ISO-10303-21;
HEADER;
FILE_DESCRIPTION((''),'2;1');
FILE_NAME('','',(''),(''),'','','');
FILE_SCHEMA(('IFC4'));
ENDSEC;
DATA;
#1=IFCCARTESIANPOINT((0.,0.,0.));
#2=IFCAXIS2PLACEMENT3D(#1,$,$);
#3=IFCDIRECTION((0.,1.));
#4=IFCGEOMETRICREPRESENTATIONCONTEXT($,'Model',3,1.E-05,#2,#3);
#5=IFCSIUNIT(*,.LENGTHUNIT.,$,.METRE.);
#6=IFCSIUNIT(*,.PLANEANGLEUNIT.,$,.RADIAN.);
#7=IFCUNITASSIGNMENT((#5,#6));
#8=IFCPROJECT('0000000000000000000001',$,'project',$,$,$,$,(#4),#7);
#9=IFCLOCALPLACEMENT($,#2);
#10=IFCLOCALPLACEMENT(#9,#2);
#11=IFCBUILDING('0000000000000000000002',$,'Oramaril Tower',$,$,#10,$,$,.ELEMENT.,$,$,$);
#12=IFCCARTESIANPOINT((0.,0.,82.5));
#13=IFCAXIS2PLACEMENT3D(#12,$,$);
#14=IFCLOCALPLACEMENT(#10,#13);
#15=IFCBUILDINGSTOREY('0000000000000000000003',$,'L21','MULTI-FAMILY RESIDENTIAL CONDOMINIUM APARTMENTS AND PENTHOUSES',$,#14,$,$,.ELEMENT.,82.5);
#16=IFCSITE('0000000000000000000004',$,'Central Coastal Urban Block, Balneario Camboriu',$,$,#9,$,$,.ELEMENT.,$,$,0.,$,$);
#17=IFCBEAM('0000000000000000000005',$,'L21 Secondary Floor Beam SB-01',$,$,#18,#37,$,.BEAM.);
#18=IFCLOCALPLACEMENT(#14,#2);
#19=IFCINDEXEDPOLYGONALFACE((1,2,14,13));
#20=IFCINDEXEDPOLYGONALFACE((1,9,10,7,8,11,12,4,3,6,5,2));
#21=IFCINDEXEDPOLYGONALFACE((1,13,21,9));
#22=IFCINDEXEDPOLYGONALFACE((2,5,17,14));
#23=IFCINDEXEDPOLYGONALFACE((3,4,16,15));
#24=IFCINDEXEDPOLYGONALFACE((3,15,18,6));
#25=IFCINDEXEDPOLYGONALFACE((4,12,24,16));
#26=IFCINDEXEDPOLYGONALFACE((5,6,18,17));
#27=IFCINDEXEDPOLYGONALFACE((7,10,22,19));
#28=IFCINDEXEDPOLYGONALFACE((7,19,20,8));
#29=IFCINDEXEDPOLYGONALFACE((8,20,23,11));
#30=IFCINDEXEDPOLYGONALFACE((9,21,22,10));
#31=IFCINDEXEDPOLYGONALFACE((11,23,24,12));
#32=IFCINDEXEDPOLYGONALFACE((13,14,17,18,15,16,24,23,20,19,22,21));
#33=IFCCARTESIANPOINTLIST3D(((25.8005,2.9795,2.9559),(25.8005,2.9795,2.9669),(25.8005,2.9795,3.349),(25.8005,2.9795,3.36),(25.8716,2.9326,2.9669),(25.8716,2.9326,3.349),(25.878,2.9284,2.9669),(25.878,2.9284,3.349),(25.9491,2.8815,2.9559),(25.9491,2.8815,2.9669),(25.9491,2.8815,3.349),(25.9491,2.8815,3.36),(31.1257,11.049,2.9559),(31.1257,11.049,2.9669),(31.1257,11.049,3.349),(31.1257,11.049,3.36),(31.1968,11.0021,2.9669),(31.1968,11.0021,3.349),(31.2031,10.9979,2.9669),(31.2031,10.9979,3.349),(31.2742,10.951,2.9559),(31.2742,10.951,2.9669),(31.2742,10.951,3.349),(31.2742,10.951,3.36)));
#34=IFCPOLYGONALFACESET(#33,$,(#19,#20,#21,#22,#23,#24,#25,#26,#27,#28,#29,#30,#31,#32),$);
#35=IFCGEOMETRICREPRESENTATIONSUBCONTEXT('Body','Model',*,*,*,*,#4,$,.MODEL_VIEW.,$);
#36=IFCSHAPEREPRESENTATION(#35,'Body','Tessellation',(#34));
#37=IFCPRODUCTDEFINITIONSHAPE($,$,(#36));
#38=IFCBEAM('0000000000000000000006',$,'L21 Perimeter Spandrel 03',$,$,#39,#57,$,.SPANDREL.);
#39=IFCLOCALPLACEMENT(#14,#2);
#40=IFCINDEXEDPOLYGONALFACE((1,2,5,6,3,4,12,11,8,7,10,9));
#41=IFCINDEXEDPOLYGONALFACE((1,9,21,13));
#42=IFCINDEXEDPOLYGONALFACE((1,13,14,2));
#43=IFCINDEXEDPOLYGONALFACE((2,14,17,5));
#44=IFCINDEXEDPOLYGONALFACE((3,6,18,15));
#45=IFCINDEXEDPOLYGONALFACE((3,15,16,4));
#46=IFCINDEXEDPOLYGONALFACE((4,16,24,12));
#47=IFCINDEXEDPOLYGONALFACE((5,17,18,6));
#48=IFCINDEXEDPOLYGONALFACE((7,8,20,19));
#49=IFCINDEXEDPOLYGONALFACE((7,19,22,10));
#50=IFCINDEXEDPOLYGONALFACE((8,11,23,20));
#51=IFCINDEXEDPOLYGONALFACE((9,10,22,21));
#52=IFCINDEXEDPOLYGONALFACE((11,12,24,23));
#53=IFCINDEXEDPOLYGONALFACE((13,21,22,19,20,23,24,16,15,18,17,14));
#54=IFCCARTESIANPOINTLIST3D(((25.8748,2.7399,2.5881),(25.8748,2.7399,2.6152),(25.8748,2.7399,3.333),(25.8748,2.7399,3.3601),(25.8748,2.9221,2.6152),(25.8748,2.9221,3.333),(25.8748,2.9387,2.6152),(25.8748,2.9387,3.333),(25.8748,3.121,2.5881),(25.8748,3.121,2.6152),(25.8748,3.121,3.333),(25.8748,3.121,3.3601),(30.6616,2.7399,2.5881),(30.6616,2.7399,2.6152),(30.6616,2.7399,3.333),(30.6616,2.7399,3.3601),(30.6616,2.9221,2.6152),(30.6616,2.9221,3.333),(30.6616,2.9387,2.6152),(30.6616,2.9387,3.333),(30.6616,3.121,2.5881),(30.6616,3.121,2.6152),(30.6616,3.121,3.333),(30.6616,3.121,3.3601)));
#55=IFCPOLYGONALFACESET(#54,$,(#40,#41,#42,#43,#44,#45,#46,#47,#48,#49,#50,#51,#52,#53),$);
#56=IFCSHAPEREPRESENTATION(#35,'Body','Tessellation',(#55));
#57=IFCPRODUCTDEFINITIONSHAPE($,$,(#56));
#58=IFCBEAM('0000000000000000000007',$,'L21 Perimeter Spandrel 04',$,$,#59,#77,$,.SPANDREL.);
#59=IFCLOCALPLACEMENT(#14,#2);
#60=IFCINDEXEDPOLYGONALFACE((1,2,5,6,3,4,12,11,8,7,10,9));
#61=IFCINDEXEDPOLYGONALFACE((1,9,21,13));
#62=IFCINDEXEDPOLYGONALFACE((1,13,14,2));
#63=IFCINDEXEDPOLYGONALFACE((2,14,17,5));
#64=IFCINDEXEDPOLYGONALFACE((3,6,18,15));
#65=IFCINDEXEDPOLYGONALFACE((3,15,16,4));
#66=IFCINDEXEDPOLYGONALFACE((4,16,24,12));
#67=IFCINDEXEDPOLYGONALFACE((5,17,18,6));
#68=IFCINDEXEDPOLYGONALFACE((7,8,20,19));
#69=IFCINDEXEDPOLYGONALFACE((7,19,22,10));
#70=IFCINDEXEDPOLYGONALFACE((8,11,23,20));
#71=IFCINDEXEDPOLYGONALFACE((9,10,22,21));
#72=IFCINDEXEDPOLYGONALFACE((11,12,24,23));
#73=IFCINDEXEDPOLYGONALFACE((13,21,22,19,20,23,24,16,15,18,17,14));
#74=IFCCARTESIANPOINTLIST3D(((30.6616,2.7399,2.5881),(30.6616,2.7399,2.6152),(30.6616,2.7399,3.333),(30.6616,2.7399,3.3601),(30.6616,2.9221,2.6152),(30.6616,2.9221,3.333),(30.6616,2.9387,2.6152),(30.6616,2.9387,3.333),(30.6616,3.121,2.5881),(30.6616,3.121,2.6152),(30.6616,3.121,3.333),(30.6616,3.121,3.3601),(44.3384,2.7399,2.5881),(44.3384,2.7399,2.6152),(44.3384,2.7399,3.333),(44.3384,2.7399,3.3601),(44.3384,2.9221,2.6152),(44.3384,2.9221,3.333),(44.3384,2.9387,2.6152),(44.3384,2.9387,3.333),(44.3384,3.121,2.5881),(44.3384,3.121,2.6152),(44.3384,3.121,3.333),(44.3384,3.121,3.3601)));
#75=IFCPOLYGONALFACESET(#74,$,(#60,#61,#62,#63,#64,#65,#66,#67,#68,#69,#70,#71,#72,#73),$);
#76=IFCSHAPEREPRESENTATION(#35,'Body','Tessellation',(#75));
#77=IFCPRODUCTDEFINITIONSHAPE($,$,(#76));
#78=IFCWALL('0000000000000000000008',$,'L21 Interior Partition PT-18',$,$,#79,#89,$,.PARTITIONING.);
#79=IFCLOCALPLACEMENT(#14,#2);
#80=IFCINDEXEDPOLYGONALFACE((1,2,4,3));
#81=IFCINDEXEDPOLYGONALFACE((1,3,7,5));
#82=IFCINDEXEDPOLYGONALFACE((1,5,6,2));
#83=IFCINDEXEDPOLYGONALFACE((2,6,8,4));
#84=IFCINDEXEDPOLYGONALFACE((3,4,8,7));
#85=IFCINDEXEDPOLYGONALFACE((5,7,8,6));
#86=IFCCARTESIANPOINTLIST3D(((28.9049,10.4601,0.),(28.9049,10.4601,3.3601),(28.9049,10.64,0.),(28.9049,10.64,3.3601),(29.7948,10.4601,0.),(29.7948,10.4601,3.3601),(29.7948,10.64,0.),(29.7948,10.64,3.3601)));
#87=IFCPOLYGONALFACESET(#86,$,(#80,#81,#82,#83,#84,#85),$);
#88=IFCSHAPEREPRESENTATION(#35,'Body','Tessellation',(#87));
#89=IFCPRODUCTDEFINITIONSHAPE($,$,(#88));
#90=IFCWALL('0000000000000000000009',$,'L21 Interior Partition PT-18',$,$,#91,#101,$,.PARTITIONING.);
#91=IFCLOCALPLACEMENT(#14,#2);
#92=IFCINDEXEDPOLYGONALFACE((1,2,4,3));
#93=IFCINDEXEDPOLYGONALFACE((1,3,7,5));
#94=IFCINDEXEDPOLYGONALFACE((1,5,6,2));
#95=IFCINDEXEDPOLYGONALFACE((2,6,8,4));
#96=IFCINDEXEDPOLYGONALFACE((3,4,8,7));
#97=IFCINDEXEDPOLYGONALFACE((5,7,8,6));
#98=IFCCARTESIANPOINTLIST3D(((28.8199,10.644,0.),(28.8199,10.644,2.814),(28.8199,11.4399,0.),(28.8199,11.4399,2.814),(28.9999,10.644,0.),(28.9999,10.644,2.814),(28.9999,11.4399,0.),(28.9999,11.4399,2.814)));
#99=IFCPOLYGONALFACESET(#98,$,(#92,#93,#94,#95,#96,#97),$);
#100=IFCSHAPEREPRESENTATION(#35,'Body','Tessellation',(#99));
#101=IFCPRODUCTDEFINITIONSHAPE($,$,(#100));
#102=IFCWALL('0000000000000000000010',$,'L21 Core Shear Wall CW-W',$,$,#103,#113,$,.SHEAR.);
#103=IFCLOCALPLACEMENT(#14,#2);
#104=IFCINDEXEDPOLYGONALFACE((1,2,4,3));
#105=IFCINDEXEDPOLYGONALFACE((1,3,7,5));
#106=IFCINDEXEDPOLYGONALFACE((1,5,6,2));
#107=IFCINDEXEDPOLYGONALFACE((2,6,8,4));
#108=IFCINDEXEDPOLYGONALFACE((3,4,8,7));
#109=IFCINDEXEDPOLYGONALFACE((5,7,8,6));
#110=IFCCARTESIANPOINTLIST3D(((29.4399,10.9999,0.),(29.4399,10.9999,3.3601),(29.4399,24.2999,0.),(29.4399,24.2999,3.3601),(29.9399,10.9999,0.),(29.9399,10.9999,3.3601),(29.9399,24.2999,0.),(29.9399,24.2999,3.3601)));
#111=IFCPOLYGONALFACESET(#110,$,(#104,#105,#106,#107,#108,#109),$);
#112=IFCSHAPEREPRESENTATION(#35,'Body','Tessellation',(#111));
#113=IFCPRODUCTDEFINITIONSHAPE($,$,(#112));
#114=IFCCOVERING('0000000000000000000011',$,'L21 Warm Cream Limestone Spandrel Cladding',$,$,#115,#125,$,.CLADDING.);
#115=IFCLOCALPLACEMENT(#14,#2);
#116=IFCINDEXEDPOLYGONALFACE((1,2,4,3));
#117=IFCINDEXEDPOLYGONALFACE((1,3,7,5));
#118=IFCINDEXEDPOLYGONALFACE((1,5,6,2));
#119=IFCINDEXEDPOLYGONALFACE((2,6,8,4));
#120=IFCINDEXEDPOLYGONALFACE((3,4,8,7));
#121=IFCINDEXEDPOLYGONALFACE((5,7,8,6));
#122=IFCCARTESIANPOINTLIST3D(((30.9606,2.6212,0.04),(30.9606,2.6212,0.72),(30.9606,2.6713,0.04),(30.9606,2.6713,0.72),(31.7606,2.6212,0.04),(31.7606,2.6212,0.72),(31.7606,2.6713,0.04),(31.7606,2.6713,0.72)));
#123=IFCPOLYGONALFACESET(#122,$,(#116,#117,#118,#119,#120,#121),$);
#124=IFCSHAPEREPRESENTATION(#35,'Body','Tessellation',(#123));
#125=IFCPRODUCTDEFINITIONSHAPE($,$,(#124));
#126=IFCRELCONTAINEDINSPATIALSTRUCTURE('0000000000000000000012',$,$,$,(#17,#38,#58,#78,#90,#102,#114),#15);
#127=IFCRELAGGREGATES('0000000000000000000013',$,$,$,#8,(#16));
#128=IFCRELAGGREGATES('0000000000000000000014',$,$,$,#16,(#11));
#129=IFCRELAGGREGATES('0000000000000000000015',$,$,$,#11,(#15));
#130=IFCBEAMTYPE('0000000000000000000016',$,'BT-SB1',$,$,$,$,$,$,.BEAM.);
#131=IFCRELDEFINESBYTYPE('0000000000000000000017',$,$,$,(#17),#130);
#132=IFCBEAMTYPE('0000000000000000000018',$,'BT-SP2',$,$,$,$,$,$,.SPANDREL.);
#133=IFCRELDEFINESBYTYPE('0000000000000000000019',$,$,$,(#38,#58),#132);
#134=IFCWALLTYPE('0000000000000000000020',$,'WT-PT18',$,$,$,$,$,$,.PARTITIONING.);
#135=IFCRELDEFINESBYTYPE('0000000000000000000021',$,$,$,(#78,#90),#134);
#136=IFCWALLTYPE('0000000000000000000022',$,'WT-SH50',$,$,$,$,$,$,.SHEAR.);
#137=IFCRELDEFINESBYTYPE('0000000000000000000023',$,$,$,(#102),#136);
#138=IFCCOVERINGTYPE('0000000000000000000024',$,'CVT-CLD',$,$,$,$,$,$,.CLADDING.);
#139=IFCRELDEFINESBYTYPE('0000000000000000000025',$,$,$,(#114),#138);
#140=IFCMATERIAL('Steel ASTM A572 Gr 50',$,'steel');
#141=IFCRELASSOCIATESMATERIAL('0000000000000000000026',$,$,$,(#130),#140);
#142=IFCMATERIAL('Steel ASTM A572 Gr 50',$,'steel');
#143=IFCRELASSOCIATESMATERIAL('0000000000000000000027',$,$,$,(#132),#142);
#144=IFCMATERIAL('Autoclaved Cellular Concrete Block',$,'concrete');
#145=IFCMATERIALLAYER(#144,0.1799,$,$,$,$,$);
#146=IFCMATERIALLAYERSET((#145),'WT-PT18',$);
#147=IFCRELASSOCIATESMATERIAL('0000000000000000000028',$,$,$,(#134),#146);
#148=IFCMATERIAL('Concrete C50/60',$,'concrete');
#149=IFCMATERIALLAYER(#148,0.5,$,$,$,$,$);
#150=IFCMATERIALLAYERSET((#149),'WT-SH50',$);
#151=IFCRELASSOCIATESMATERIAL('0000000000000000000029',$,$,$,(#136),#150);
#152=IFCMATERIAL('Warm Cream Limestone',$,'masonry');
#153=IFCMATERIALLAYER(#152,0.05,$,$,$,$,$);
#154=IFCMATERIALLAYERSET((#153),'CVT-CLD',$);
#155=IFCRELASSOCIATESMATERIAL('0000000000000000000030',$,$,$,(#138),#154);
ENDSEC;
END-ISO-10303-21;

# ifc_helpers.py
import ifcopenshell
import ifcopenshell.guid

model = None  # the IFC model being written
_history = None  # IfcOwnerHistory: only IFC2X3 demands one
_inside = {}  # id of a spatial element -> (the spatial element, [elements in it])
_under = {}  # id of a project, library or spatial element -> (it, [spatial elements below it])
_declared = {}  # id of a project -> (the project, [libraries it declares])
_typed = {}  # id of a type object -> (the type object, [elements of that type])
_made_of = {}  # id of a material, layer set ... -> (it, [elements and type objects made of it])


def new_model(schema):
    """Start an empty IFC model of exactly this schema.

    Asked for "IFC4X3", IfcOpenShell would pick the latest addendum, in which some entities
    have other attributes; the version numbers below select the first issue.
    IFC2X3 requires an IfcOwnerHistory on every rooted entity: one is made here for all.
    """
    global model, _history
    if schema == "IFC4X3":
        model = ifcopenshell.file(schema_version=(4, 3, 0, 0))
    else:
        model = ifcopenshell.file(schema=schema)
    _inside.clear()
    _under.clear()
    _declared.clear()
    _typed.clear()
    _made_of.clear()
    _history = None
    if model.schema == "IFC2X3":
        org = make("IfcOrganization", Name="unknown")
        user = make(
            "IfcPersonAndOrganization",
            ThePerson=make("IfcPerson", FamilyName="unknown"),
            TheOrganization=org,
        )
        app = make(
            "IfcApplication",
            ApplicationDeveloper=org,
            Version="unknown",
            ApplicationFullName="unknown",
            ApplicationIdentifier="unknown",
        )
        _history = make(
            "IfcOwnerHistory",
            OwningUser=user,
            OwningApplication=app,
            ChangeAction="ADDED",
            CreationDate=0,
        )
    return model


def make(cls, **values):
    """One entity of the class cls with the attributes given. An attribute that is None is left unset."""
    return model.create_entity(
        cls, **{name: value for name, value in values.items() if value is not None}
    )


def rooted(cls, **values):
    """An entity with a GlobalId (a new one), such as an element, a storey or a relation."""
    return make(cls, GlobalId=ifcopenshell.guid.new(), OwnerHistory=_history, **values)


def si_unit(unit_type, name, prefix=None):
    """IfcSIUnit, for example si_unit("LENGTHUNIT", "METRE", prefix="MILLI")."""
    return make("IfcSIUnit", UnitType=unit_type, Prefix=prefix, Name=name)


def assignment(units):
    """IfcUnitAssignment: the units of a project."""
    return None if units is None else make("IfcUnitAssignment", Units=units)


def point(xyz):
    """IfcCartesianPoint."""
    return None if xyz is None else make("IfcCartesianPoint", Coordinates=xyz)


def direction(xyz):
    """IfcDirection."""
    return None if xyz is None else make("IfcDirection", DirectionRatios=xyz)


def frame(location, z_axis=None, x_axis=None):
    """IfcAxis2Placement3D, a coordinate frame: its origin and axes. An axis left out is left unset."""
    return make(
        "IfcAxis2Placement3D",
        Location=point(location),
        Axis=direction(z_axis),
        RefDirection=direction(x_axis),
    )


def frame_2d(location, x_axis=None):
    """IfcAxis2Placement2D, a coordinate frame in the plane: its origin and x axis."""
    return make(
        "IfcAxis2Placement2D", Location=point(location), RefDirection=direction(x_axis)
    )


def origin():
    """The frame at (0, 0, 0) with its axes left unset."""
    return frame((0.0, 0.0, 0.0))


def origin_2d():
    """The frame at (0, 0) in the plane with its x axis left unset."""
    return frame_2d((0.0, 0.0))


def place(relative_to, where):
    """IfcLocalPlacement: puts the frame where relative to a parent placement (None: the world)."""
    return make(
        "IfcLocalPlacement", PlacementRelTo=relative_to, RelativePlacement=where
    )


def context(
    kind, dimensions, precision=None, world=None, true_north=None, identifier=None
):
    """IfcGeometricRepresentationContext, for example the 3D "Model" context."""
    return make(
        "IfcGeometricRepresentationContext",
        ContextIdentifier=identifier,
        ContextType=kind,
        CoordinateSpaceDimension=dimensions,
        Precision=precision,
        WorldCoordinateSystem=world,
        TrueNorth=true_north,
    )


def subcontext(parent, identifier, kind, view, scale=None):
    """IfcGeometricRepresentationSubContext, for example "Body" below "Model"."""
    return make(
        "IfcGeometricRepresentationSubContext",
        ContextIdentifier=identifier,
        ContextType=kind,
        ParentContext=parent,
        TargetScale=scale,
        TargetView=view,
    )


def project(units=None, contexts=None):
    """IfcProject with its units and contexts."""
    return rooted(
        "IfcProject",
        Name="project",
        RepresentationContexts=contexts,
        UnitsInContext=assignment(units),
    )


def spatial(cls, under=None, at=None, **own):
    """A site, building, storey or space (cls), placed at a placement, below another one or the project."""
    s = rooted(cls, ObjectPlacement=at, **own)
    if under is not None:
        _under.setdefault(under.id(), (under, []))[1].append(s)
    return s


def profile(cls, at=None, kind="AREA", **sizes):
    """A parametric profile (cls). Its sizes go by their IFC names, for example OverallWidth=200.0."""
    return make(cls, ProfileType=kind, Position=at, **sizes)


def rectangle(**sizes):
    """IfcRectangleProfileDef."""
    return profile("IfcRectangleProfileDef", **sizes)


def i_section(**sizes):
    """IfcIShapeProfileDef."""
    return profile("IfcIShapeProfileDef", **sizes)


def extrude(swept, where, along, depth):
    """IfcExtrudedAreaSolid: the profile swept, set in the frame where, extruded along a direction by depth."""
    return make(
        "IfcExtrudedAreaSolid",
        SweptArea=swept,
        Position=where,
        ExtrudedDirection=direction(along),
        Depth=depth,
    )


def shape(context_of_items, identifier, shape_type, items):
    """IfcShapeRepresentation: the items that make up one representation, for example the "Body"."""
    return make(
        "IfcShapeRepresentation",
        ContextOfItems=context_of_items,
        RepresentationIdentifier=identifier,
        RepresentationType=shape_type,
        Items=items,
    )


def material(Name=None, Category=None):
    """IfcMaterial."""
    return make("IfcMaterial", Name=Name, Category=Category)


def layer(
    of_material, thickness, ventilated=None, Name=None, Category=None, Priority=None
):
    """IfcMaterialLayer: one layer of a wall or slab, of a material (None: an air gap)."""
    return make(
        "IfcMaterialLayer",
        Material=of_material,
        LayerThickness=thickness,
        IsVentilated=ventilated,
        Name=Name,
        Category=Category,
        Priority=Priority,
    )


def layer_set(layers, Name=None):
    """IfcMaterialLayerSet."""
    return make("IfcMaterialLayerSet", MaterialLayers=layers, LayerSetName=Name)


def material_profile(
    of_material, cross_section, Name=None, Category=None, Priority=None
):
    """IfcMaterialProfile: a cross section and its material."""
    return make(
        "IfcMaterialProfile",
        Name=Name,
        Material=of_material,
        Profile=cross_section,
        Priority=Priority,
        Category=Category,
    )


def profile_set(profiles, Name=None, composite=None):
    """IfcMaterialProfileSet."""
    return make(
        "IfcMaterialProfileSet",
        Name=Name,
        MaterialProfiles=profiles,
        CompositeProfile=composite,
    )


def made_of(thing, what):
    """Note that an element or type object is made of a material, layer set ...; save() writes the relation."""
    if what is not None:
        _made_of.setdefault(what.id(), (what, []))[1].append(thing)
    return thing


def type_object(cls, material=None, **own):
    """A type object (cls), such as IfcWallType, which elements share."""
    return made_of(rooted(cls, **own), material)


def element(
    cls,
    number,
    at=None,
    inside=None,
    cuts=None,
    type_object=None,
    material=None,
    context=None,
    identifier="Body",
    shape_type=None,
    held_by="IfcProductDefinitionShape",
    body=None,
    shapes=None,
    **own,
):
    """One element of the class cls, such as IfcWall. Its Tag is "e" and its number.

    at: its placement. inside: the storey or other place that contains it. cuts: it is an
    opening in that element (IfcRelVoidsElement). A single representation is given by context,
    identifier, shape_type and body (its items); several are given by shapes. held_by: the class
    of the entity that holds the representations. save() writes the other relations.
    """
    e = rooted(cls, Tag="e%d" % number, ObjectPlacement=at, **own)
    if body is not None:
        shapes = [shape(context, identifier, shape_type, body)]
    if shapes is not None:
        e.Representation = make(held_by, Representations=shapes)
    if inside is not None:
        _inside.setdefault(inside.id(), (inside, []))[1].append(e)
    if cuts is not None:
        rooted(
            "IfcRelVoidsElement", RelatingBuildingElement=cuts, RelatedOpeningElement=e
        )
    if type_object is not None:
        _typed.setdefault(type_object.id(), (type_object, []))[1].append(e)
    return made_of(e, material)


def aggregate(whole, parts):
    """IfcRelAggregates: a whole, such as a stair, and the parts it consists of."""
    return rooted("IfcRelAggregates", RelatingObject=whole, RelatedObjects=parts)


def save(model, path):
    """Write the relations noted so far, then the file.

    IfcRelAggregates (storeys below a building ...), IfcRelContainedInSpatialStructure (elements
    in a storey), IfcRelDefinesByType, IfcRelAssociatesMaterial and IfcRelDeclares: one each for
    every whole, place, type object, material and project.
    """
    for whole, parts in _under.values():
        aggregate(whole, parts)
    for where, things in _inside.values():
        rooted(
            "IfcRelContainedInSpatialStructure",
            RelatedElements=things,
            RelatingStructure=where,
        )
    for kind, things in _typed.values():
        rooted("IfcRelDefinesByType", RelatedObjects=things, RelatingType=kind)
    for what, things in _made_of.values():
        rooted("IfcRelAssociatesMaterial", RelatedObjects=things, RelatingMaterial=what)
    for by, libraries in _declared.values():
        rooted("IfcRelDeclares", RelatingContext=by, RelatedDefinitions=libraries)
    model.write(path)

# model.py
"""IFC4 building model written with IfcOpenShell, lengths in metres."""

from ifc_helpers import new_model, si_unit, direction, frame, frame_2d, origin, origin_2d, place, context, subcontext, project, spatial, rectangle, i_section, extrude, material, layer, layer_set, material_profile, profile_set, type_object, element, save


model = new_model("IFC4")

# Units and contexts
model_context = context("Model", 3, precision=1e-05, world=origin(), true_north=direction((0.0, 1.0)))
body_context = subcontext(model_context, "Body", "Model", "MODEL_VIEW")
ifc_project = project(units=[si_unit("LENGTHUNIT", "METRE"), si_unit("PLANEANGLEUNIT", "RADIAN")], contexts=[model_context])

# Site, building, storey
site_placement = place(None, origin())
site = spatial("IfcSite", under=ifc_project, at=site_placement, Name="Central Coastal Urban Block, Balneario Camboriu", CompositionType="ELEMENT", RefElevation=0.0)
building_placement = place(site_placement, origin())
building = spatial("IfcBuilding", under=site, at=building_placement, Name="Oramaril Tower", CompositionType="ELEMENT")
storey_placement = place(building_placement, frame((0.0, 0.0, 82.5)))
storey = spatial("IfcBuildingStorey", under=building, at=storey_placement, Name="L21", Description="MULTI-FAMILY RESIDENTIAL CONDOMINIUM APARTMENTS AND PENTHOUSES", CompositionType="ELEMENT", Elevation=82.5)

# Beams
ifc_material_1 = material(Name="Steel ASTM A572 Gr 50", Category="steel")
ifc_material_profile_1 = material_profile(ifc_material_1, i_section(OverallWidth=0.178, OverallDepth=0.4041, WebThickness=0.0076, FlangeThickness=0.011, at=origin_2d()), Name="W16X36")
ifc_profile_set_1 = profile_set([ifc_material_profile_1], Name="Steel ASTM A572 Gr 50")
beam_type_1 = type_object("IfcBeamType", Name="BT-SB1", PredefinedType="BEAM", material=ifc_profile_set_1)
beam_1_placement = place(storey_placement, frame((31.2, 11.0, 3.158), z_axis=(-0.55079, -0.834644, 0.0), x_axis=(0.834644, -0.55079, 0.0)))
element("IfcBeam", 1, at=beam_1_placement, inside=storey, type_object=beam_type_1, Name="L21 Secondary Floor Beam SB-01", PredefinedType="BEAM", context=body_context, shape_type="SweptSolid", body=[
    extrude(i_section(OverallWidth=0.178, OverallDepth=0.4041, WebThickness=0.0076, FlangeThickness=0.011, at=origin_2d()), origin(), (0.0, 0.0, 1.0), 9.6682),
])
ifc_material_2 = material(Name="Steel ASTM A572 Gr 50", Category="steel")
ifc_material_profile_2 = material_profile(ifc_material_2, i_section(OverallWidth=0.3811, OverallDepth=0.772, WebThickness=0.0166, FlangeThickness=0.0271, at=origin_2d()), Name="W30X173")
ifc_profile_set_2 = profile_set([ifc_material_profile_2], Name="Steel ASTM A572 Gr 50")
beam_type_2 = type_object("IfcBeamType", Name="BT-SP2", PredefinedType="SPANDREL", material=ifc_profile_set_2)
beam_2_placement = place(storey_placement, frame((25.8748, 2.9304, 2.9741), z_axis=(1.0, 0.0, 0.0), x_axis=(0.0, 1.0, 0.0)))
element("IfcBeam", 2, at=beam_2_placement, inside=storey, type_object=beam_type_2, Name="L21 Perimeter Spandrel 03", PredefinedType="SPANDREL", context=body_context, shape_type="SweptSolid", body=[
    extrude(i_section(OverallWidth=0.3811, OverallDepth=0.772, WebThickness=0.0166, FlangeThickness=0.0271, at=origin_2d()), origin(), (0.0, 0.0, 1.0), 4.7869),
])
beam_3_placement = place(storey_placement, frame((30.6616, 2.9304, 2.9741), z_axis=(1.0, 0.0, 0.0), x_axis=(0.0, 1.0, 0.0)))
element("IfcBeam", 3, at=beam_3_placement, inside=storey, type_object=beam_type_2, Name="L21 Perimeter Spandrel 04", PredefinedType="SPANDREL", context=body_context, shape_type="SweptSolid", body=[
    extrude(i_section(OverallWidth=0.3811, OverallDepth=0.772, WebThickness=0.0166, FlangeThickness=0.0271, at=origin_2d()), origin(), (0.0, 0.0, 1.0), 13.6768),
])

# Walls
ifc_material_3 = material(Name="Autoclaved Cellular Concrete Block", Category="concrete")
ifc_layer_1 = layer(ifc_material_3, 0.1799)
ifc_layer_set_1 = layer_set([ifc_layer_1], Name="WT-PT18")
wall_type_1 = type_object("IfcWallType", Name="WT-PT18", PredefinedType="PARTITIONING", material=ifc_layer_set_1)
wall_1_placement = place(storey_placement, frame((28.905, 10.55, 0.0), z_axis=(0.0, 0.0, 1.0), x_axis=(1.0, 0.0, 0.0)))
element("IfcWall", 4, at=wall_1_placement, inside=storey, type_object=wall_type_1, Name="L21 Interior Partition PT-18", PredefinedType="PARTITIONING", context=body_context, shape_type="SweptSolid", body=[
    extrude(rectangle(XDim=0.8899, YDim=0.1799, at=frame_2d((0.4448, 0.0))), origin(), (0.0, 0.0, 1.0), 3.3601),
])
wall_2_placement = place(storey_placement, frame((28.9099, 10.644, 0.0), z_axis=(0.0, 0.0, 1.0), x_axis=(0.0, 1.0, 0.0)))
element("IfcWall", 5, at=wall_2_placement, inside=storey, type_object=wall_type_1, Name="L21 Interior Partition PT-18", PredefinedType="PARTITIONING", context=body_context, shape_type="SweptSolid", body=[
    extrude(rectangle(XDim=0.7959, YDim=0.1799, at=frame_2d((0.3979, 0.0))), origin(), (0.0, 0.0, 1.0), 2.814),
])
ifc_material_4 = material(Name="Concrete C50/60", Category="concrete")
ifc_layer_2 = layer(ifc_material_4, 0.5)
ifc_layer_set_2 = layer_set([ifc_layer_2], Name="WT-SH50")
wall_type_2 = type_object("IfcWallType", Name="WT-SH50", PredefinedType="SHEAR", material=ifc_layer_set_2)
wall_3_placement = place(storey_placement, frame((29.6899, 11.0, 0.0), z_axis=(0.0, 0.0, 1.0), x_axis=(0.0, 1.0, 0.0)))
element("IfcWall", 6, at=wall_3_placement, inside=storey, type_object=wall_type_2, Name="L21 Core Shear Wall CW-W", PredefinedType="SHEAR", context=body_context, shape_type="SweptSolid", body=[
    extrude(rectangle(XDim=13.3, YDim=0.5, at=frame_2d((6.6499, 0.0))), origin(), (0.0, 0.0, 1.0), 3.3601),
])

# Covering
ifc_material_5 = material(Name="Warm Cream Limestone", Category="masonry")
ifc_layer_3 = layer(ifc_material_5, 0.05)
ifc_layer_set_3 = layer_set([ifc_layer_3], Name="CVT-CLD")
covering_type = type_object("IfcCoveringType", Name="CVT-CLD", PredefinedType="CLADDING", material=ifc_layer_set_3)
covering_placement = place(storey_placement, frame((31.3606, 2.6462, 0.04), z_axis=(0.0, 0.0, 1.0), x_axis=(1.0, 0.0, 0.0)))
element("IfcCovering", 7, at=covering_placement, inside=storey, type_object=covering_type, Name="L21 Warm Cream Limestone Spandrel Cladding", PredefinedType="CLADDING", context=body_context, shape_type="SweptSolid", body=[
    extrude(rectangle(XDim=0.8, YDim=0.05, at=origin_2d()), origin(), (0.0, 0.0, 1.0), 0.6799),
])

save(model, "model.ifc")
